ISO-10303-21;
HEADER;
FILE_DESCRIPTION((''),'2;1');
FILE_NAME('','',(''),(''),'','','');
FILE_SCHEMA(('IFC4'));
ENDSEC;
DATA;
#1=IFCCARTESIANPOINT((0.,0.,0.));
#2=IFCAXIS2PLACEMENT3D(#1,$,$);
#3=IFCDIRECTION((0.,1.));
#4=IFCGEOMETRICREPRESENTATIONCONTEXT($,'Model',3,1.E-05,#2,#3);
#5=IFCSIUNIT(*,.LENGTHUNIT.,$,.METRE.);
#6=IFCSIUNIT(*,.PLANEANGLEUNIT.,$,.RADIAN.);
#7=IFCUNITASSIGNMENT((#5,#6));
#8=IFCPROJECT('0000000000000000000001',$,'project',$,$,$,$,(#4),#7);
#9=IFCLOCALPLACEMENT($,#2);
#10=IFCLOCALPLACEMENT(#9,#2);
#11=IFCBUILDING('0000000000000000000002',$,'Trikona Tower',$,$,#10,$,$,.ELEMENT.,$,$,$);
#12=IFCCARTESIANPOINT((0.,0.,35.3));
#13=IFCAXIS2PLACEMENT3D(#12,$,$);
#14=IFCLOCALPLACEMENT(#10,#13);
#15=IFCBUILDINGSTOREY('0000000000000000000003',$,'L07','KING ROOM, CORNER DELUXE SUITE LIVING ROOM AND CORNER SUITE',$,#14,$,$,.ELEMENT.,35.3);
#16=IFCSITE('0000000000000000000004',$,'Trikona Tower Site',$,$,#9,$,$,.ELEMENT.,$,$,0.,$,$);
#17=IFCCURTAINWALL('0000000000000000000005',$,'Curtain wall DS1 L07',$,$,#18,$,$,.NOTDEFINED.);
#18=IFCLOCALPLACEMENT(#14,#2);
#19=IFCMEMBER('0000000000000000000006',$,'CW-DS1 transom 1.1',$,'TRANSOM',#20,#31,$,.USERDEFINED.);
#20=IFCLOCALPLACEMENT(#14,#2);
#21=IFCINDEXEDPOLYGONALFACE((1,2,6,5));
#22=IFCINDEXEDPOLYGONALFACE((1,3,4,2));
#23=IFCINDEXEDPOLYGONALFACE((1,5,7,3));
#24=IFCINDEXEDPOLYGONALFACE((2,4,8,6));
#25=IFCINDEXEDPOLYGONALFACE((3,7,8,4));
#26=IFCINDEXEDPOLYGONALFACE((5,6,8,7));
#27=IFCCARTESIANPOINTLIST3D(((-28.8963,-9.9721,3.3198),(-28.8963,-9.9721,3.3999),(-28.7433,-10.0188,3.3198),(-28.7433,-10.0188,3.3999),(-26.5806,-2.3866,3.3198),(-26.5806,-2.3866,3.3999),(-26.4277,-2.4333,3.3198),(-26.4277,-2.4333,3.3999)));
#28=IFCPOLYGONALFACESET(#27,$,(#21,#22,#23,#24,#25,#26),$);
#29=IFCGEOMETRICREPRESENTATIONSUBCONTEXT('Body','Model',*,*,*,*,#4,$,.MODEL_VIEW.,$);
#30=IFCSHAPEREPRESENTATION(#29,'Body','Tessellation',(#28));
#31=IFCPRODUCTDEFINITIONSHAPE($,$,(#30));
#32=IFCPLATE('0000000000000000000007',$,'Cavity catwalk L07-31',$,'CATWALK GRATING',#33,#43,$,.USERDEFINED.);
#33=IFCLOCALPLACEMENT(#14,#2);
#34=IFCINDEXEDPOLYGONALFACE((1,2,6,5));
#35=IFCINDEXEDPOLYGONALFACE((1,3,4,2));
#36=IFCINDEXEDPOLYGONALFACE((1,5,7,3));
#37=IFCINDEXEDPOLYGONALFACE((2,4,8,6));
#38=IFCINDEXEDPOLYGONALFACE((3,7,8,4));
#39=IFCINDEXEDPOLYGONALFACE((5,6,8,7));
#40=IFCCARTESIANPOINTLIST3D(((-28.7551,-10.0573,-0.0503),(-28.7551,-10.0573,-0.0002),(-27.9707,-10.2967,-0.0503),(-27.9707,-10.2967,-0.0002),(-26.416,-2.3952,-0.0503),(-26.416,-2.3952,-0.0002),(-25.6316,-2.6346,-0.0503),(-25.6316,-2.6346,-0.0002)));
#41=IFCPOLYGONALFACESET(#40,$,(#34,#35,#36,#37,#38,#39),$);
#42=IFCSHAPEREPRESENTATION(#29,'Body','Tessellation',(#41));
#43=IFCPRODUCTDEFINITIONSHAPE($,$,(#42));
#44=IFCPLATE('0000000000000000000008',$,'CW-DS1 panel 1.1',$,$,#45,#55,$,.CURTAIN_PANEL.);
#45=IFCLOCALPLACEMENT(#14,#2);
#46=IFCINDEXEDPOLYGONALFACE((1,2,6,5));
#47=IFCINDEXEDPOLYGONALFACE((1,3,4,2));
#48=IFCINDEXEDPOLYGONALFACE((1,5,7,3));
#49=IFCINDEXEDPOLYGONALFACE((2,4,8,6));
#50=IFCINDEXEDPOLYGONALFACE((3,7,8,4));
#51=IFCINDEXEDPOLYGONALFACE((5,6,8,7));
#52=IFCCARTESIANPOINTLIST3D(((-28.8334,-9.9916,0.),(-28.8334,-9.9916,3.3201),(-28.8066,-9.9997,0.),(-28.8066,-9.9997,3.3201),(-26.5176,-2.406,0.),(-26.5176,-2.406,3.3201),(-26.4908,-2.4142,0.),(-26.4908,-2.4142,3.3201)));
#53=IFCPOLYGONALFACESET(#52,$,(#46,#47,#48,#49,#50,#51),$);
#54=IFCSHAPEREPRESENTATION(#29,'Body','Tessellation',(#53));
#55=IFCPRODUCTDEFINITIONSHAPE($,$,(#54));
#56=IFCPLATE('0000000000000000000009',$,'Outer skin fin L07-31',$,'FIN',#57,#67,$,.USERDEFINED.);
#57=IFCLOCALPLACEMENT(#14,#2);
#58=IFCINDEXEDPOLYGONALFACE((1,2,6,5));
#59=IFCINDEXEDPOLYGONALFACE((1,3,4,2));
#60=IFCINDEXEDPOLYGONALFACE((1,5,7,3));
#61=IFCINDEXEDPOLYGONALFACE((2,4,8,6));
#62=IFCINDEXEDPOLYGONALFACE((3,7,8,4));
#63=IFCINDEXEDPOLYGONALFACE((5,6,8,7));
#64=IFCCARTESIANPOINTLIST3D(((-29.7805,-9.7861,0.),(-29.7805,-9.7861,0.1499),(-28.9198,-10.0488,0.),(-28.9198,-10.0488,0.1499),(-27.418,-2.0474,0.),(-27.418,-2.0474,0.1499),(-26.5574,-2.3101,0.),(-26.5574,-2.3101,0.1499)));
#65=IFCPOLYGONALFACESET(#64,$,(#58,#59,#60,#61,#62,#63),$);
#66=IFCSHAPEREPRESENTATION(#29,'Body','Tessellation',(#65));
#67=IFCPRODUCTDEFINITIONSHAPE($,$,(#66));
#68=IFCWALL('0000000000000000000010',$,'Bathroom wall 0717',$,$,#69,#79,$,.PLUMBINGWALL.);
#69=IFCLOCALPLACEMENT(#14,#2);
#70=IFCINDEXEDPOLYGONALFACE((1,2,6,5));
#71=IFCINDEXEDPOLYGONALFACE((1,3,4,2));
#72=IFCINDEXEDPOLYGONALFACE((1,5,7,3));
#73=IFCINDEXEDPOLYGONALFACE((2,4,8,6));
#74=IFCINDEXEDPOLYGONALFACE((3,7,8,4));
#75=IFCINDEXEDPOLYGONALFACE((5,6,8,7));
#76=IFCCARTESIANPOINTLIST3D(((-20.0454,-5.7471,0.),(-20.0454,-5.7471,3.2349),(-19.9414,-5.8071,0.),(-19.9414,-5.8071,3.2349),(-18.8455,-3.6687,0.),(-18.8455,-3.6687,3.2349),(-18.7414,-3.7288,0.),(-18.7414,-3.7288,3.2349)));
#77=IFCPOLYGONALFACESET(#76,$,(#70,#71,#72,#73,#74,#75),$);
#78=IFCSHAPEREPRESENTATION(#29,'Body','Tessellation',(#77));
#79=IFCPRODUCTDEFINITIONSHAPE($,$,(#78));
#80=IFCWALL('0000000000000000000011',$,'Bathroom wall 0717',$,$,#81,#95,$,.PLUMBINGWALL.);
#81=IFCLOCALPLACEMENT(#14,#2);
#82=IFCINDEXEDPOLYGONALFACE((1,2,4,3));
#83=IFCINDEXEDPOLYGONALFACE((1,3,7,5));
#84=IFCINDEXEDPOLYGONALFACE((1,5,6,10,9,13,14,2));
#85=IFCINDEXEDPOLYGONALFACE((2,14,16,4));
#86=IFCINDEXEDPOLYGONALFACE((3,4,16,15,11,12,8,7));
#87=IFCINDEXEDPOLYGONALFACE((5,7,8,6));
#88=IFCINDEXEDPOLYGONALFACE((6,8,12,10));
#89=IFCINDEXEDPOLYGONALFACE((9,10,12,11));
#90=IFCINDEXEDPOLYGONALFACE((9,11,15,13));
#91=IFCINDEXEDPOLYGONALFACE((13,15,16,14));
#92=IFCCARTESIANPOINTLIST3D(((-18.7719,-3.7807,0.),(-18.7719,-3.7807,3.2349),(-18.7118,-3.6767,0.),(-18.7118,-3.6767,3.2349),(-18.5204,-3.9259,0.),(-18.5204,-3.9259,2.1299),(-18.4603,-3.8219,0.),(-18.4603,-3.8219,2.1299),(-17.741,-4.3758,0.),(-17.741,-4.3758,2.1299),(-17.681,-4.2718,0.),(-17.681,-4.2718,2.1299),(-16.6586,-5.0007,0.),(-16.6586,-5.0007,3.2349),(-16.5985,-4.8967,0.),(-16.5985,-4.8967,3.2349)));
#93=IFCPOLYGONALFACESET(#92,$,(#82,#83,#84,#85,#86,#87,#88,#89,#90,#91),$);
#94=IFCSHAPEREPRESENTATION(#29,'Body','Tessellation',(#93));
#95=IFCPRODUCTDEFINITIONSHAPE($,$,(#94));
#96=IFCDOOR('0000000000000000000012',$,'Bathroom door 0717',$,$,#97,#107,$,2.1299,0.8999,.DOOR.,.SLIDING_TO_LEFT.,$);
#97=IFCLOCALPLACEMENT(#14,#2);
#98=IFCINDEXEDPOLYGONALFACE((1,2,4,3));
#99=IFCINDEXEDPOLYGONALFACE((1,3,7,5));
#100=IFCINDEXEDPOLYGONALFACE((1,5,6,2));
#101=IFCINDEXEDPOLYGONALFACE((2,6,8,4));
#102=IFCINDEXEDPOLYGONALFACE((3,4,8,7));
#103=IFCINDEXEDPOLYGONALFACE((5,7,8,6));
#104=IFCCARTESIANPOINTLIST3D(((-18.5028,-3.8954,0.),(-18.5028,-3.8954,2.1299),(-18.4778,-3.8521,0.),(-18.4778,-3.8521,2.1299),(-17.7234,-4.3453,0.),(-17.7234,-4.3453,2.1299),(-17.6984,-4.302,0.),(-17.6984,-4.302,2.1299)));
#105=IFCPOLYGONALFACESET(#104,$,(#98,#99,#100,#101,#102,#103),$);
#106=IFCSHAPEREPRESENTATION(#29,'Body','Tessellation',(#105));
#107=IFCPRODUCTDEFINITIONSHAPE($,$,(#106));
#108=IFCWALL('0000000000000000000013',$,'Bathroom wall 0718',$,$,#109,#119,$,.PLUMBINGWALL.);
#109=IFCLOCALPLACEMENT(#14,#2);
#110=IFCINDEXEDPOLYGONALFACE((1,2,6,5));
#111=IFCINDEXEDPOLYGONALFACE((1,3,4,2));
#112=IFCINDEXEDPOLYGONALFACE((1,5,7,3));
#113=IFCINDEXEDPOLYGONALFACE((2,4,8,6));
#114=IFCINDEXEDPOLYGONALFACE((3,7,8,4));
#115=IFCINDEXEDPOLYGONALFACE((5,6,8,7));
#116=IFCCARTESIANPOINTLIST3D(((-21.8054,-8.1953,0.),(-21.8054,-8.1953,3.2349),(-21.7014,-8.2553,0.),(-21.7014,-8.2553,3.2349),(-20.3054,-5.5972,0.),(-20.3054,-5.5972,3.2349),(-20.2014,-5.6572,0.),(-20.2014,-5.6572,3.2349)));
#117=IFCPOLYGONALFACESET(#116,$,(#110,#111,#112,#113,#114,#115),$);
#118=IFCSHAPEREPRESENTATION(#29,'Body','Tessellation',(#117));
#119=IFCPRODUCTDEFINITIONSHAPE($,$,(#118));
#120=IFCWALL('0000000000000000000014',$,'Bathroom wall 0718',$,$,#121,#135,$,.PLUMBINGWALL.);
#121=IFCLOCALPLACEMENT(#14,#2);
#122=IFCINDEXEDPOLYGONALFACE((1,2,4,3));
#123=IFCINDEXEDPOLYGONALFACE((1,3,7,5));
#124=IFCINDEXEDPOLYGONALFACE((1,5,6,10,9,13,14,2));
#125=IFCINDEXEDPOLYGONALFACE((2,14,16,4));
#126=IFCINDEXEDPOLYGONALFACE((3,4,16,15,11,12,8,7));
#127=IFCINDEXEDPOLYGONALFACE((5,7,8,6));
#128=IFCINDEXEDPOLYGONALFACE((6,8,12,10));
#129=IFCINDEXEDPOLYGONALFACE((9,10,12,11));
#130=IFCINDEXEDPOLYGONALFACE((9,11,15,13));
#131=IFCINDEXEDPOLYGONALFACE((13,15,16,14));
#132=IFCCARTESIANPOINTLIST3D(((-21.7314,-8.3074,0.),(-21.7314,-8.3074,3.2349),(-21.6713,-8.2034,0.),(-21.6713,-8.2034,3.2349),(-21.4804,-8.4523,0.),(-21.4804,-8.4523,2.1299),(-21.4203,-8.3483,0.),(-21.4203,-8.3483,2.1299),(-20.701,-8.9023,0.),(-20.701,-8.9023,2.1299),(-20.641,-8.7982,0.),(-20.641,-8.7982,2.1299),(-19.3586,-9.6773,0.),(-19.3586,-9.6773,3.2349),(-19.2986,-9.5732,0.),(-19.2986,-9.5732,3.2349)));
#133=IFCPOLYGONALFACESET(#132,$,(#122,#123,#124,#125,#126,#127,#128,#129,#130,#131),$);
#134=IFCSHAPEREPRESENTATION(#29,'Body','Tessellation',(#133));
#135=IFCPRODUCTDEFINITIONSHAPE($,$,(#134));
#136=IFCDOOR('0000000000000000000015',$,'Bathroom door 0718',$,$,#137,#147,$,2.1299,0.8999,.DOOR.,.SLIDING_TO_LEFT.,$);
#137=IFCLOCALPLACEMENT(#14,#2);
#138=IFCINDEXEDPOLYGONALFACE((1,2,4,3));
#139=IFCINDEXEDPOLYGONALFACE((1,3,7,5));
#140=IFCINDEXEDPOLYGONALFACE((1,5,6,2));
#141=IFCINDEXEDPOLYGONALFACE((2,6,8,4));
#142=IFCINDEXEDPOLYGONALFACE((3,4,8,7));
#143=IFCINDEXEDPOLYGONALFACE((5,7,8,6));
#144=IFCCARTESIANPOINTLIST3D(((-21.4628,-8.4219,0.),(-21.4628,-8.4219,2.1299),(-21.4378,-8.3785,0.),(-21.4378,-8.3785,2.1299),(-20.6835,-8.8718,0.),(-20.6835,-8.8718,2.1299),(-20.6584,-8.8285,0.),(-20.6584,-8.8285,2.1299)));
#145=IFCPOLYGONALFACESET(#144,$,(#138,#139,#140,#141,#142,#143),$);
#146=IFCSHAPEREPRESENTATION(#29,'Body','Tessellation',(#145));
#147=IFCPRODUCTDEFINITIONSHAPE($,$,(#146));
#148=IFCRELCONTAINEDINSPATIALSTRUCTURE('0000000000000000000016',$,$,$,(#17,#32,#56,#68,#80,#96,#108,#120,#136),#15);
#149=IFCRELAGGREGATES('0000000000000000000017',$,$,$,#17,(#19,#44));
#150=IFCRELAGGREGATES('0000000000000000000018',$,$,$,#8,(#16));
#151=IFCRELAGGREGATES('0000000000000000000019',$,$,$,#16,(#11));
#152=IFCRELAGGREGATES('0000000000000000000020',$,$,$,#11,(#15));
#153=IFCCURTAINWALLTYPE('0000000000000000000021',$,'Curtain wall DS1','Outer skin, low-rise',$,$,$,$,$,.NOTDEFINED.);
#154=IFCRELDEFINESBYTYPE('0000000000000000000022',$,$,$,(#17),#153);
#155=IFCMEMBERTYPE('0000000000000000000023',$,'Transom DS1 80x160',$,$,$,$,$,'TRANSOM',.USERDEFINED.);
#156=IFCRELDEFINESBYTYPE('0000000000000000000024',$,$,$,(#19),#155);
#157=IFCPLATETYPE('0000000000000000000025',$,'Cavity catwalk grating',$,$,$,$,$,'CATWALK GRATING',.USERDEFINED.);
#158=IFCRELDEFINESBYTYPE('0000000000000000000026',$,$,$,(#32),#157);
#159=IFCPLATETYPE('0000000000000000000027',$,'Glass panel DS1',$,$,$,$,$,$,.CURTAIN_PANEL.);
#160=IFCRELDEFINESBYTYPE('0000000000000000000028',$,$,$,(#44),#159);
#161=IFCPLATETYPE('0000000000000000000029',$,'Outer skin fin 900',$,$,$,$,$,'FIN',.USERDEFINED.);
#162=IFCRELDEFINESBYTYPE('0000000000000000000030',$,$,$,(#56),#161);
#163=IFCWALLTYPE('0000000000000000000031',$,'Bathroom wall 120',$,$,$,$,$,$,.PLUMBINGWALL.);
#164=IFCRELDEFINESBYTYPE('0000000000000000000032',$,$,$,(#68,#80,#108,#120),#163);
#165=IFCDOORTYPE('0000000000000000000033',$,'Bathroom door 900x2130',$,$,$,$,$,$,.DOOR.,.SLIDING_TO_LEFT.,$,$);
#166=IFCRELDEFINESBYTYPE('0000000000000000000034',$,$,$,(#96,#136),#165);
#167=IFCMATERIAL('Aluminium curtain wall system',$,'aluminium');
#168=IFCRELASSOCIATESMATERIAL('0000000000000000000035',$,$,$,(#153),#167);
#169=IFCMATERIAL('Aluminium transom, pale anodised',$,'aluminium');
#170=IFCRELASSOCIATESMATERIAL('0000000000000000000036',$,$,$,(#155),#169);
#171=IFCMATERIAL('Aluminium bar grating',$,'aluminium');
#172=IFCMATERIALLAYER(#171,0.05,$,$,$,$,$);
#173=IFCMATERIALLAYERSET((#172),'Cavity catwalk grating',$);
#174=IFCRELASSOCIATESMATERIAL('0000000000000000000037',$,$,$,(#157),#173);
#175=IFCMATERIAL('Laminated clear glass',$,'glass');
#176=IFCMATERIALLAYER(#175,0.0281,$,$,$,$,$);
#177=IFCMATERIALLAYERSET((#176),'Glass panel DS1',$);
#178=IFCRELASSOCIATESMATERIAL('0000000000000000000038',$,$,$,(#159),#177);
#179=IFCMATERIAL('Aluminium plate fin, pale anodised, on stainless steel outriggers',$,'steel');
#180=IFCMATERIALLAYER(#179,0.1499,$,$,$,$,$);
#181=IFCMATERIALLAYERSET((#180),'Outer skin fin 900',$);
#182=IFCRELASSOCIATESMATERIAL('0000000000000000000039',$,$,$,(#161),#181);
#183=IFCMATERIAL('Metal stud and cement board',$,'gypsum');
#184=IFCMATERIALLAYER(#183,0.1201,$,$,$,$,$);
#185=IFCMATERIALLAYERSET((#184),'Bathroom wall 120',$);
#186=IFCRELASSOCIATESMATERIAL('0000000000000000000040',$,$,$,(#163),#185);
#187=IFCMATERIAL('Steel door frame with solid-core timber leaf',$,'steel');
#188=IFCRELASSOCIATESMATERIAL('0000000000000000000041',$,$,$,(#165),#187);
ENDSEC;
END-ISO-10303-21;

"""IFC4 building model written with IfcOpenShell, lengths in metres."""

from ifc_helpers import new_model, si_unit, direction, frame, frame_2d, origin, origin_2d, place, context, subcontext, project, spatial, rectangle, extrude, material, layer, layer_set, material_profile, profile_set, type_object, element, fill, aggregate, save


model = new_model("IFC4")

# Units and contexts
model_context = context("Model", 3, precision=1e-05, world=origin(), true_north=direction((0.0, 1.0)))
body_context = subcontext(model_context, "Body", "Model", "MODEL_VIEW")
ifc_project = project(units=[si_unit("LENGTHUNIT", "METRE"), si_unit("PLANEANGLEUNIT", "RADIAN")], contexts=[model_context])

# Site, building, storey
site_placement = place(None, origin())
site = spatial("IfcSite", under=ifc_project, at=site_placement, Name="Trikona Tower Site", CompositionType="ELEMENT", RefElevation=0.0)
building_placement = place(site_placement, origin())
building = spatial("IfcBuilding", under=site, at=building_placement, Name="Trikona Tower", CompositionType="ELEMENT")
storey_placement = place(building_placement, frame((0.0, 0.0, 35.3)))
storey = spatial("IfcBuildingStorey", under=building, at=storey_placement, Name="L07", Description="KING ROOM, CORNER DELUXE SUITE LIVING ROOM AND CORNER SUITE", CompositionType="ELEMENT", Elevation=35.3)

# Shared definitions
ifc_material_1 = material(Name="Aluminium curtain wall system", Category="aluminium")
curtain_wall_type = type_object("IfcCurtainWallType", Name="Curtain wall DS1", Description="Outer skin, low-rise", PredefinedType="NOTDEFINED", material=ifc_material_1)

# Curtain wall
curtain_wall_1_placement = place(storey_placement, origin())
curtain_wall_1 = element("IfcCurtainWall", 1, at=curtain_wall_1_placement, inside=storey, type_object=curtain_wall_type, Name="Curtain wall DS1 L07", PredefinedType="NOTDEFINED")

# Member
ifc_material_2 = material(Name="Aluminium transom, pale anodised", Category="aluminium")
ifc_material_profile_1 = material_profile(ifc_material_2, rectangle(XDim=0.1599, YDim=0.0801, at=origin_2d()), Name="TRN-DS1")
ifc_profile_set_1 = profile_set([ifc_material_profile_1], Name="Aluminium transom, pale anodised")
member_type_1 = type_object("IfcMemberType", Name="Transom DS1 80x160", ElementType="TRANSOM", PredefinedType="USERDEFINED", material=ifc_profile_set_1)
member_1_placement = place(storey_placement, frame((-26.5042, -2.4099, 3.3599), z_axis=(-0.291967, -0.956428, 0.0), x_axis=(0.956428, -0.291967, 0.0)))
member_1 = element("IfcMember", 2, at=member_1_placement, type_object=member_type_1, Name="CW-DS1 transom 1.1", ObjectType="TRANSOM", PredefinedType="USERDEFINED", context=body_context, shape_type="SweptSolid", body=[
    extrude(rectangle(XDim=0.1599, YDim=0.0801, at=origin_2d()), origin(), (0.0, 0.0, 1.0), 7.9312),
])

# Plates
ifc_material_3 = material(Name="Aluminium bar grating", Category="aluminium")
ifc_layer_1 = layer(ifc_material_3, 0.05)
ifc_layer_set_1 = layer_set([ifc_layer_1], Name="Cavity catwalk grating")
plate_type_1 = type_object("IfcPlateType", Name="Cavity catwalk grating", ElementType="CATWALK GRATING", PredefinedType="USERDEFINED", material=ifc_layer_set_1)
plate_1_placement = place(storey_placement, frame((-27.1934, -6.3459, -0.0503), z_axis=(0.0, 0.0, 1.0), x_axis=(-0.291979, -0.956425, 0.0)))
element("IfcPlate", 3, at=plate_1_placement, inside=storey, type_object=plate_type_1, Name="Cavity catwalk L07-31", ObjectType="CATWALK GRATING", PredefinedType="USERDEFINED", context=body_context, shape_type="SweptSolid", body=[
    extrude(rectangle(XDim=8.0112, YDim=0.8201, at=origin_2d()), origin(), (0.0, 0.0, 1.0), 0.05),
])
ifc_material_4 = material(Name="Laminated clear glass", Category="glass")
ifc_layer_2 = layer(ifc_material_4, 0.0281)
ifc_layer_set_2 = layer_set([ifc_layer_2], Name="Glass panel DS1")
plate_type_2 = type_object("IfcPlateType", Name="Glass panel DS1", PredefinedType="CURTAIN_PANEL", material=ifc_layer_set_2)
plate_2_placement = place(storey_placement, frame((-27.6621, -6.2029, 0.0), z_axis=(0.0, 0.0, 1.0), x_axis=(-0.291984, -0.956423, 0.0)))
plate_2 = element("IfcPlate", 4, at=plate_2_placement, type_object=plate_type_2, Name="CW-DS1 panel 1.1", PredefinedType="CURTAIN_PANEL", context=body_context, shape_type="SweptSolid", body=[
    extrude(rectangle(XDim=7.9312, YDim=0.0281, at=origin_2d()), origin(), (0.0, 0.0, 1.0), 3.3201),
])
aggregate(curtain_wall_1, [member_1, plate_2])
ifc_material_5 = material(Name="Aluminium plate fin, pale anodised, on stainless steel outriggers", Category="steel")
ifc_layer_3 = layer(ifc_material_5, 0.1499)
ifc_layer_set_3 = layer_set([ifc_layer_3], Name="Outer skin fin 900")
plate_type_3 = type_object("IfcPlateType", Name="Outer skin fin 900", ElementType="FIN", PredefinedType="USERDEFINED", material=ifc_layer_set_3)
plate_3_placement = place(storey_placement, frame((-28.1689, -6.0481, 0.0), z_axis=(0.0, 0.0, 1.0), x_axis=(-0.291979, -0.956425, 0.0)))
element("IfcPlate", 5, at=plate_3_placement, inside=storey, type_object=plate_type_3, Name="Outer skin fin L07-31", ObjectType="FIN", PredefinedType="USERDEFINED", context=body_context, shape_type="SweptSolid", body=[
    extrude(rectangle(XDim=8.0913, YDim=0.8999, at=origin_2d()), origin(), (0.0, 0.0, 1.0), 0.1499),
])

# Wall
ifc_material_6 = material(Name="Metal stud and cement board", Category="gypsum")
ifc_layer_4 = layer(ifc_material_6, 0.1201)
ifc_layer_set_4 = layer_set([ifc_layer_4], Name="Bathroom wall 120")
wall_type_1 = type_object("IfcWallType", Name="Bathroom wall 120", PredefinedType="PLUMBINGWALL", material=ifc_layer_set_4)
wall_1_placement = place(storey_placement, frame((-18.7935, -3.6987, 0.0), z_axis=(0.0, 0.0, 1.0), x_axis=(-0.500001, -0.866025, 0.0)))
element("IfcWall", 6, at=wall_1_placement, inside=storey, type_object=wall_type_1, Name="Bathroom wall 0717", PredefinedType="PLUMBINGWALL", context=body_context, shape_type="SweptSolid", body=[
    extrude(rectangle(XDim=2.3999, YDim=0.1201, at=frame_2d((1.2, 0.0))), origin(), (0.0, 0.0, 1.0), 3.2349),
])

# Wall, opening, door
wall_2_placement = place(storey_placement, frame((-16.6284, -4.9487, 0.0), z_axis=(0.0, 0.0, 1.0), x_axis=(-0.866049, 0.499959, 0.0)))
wall_2 = element("IfcWall", 7, at=wall_2_placement, inside=storey, type_object=wall_type_1, Name="Bathroom wall 0717", PredefinedType="PLUMBINGWALL", context=body_context, shape_type="SweptSolid", body=[
    extrude(rectangle(XDim=2.4402, YDim=0.1201, at=frame_2d((1.2202, 0.0))), origin(), (0.0, 0.0, 1.0), 3.2349),
])
opening_1_placement = place(wall_2_placement, frame((1.25, 0.0, 0.0)))
opening_1 = element("IfcOpeningElement", 8, at=opening_1_placement, cuts=wall_2, PredefinedType="OPENING", context=body_context, shape_type="SweptSolid", body=[
    extrude(rectangle(XDim=0.8999, YDim=2.1299, at=frame_2d((0.45, 1.0649))), frame((0.0, 0.0701, 0.0), z_axis=(0.0, -1.0, 0.0), x_axis=(1.0, 0.0, 0.0)), (0.0, 0.0, 1.0), 0.1401),
])
ifc_material_7 = material(Name="Steel door frame with solid-core timber leaf", Category="steel")
door_type_1 = type_object("IfcDoorType", Name="Bathroom door 900x2130", OperationType="SLIDING_TO_LEFT", PredefinedType="DOOR", material=ifc_material_7)
door_1_placement = place(opening_1_placement, origin())
door_1 = element("IfcDoor", 9, at=door_1_placement, inside=storey, type_object=door_type_1, Name="Bathroom door 0717", OperationType="SLIDING_TO_LEFT", OverallHeight=2.1299, OverallWidth=0.8999, PredefinedType="DOOR", context=body_context, shape_type="SweptSolid", body=[
    extrude(rectangle(XDim=0.8999, YDim=2.1299, at=frame_2d((0.45, 1.0649))), frame((0.0, 0.0249, 0.0), z_axis=(0.0, -1.0, 0.0), x_axis=(1.0, 0.0, 0.0)), (0.0, 0.0, 1.0), 0.05),
])
fill(opening_1, door_1)

# Wall
wall_3_placement = place(storey_placement, frame((-20.2534, -5.6272, 0.0), z_axis=(0.0, 0.0, 1.0), x_axis=(-0.49999, -0.866031, 0.0)))
element("IfcWall", 10, at=wall_3_placement, inside=storey, type_object=wall_type_1, Name="Bathroom wall 0718", PredefinedType="PLUMBINGWALL", context=body_context, shape_type="SweptSolid", body=[
    extrude(rectangle(XDim=3.0, YDim=0.1201, at=frame_2d((1.5, 0.0))), origin(), (0.0, 0.0, 1.0), 3.2349),
])

# Wall, opening, door
wall_4_placement = place(storey_placement, frame((-19.3286, -9.6252, 0.0), z_axis=(0.0, 0.0, 1.0), x_axis=(-0.866036, 0.499982, 0.0)))
wall_4 = element("IfcWall", 11, at=wall_4_placement, inside=storey, type_object=wall_type_1, Name="Bathroom wall 0718", PredefinedType="PLUMBINGWALL", context=body_context, shape_type="SweptSolid", body=[
    extrude(rectangle(XDim=2.7397, YDim=0.1201, at=frame_2d((1.3699, 0.0))), origin(), (0.0, 0.0, 1.0), 3.2349),
])
opening_2_placement = place(wall_4_placement, frame((1.55, 0.0, 0.0)))
opening_2 = element("IfcOpeningElement", 12, at=opening_2_placement, cuts=wall_4, PredefinedType="OPENING", context=body_context, shape_type="SweptSolid", body=[
    extrude(rectangle(XDim=0.8999, YDim=2.1299, at=frame_2d((0.45, 1.0649))), frame((0.0, 0.0701, 0.0), z_axis=(0.0, -1.0, 0.0), x_axis=(1.0, 0.0, 0.0)), (0.0, 0.0, 1.0), 0.1401),
])
door_2_placement = place(opening_2_placement, origin())
door_2 = element("IfcDoor", 13, at=door_2_placement, inside=storey, type_object=door_type_1, Name="Bathroom door 0718", OperationType="SLIDING_TO_LEFT", OverallHeight=2.1299, OverallWidth=0.8999, PredefinedType="DOOR", context=body_context, shape_type="SweptSolid", body=[
    extrude(rectangle(XDim=0.8999, YDim=2.1299, at=frame_2d((0.45, 1.0649))), frame((0.0, 0.0249, 0.0), z_axis=(0.0, -1.0, 0.0), x_axis=(1.0, 0.0, 0.0)), (0.0, 0.0, 1.0), 0.05),
])
fill(opening_2, door_2)

save(model, "model.ifc")
